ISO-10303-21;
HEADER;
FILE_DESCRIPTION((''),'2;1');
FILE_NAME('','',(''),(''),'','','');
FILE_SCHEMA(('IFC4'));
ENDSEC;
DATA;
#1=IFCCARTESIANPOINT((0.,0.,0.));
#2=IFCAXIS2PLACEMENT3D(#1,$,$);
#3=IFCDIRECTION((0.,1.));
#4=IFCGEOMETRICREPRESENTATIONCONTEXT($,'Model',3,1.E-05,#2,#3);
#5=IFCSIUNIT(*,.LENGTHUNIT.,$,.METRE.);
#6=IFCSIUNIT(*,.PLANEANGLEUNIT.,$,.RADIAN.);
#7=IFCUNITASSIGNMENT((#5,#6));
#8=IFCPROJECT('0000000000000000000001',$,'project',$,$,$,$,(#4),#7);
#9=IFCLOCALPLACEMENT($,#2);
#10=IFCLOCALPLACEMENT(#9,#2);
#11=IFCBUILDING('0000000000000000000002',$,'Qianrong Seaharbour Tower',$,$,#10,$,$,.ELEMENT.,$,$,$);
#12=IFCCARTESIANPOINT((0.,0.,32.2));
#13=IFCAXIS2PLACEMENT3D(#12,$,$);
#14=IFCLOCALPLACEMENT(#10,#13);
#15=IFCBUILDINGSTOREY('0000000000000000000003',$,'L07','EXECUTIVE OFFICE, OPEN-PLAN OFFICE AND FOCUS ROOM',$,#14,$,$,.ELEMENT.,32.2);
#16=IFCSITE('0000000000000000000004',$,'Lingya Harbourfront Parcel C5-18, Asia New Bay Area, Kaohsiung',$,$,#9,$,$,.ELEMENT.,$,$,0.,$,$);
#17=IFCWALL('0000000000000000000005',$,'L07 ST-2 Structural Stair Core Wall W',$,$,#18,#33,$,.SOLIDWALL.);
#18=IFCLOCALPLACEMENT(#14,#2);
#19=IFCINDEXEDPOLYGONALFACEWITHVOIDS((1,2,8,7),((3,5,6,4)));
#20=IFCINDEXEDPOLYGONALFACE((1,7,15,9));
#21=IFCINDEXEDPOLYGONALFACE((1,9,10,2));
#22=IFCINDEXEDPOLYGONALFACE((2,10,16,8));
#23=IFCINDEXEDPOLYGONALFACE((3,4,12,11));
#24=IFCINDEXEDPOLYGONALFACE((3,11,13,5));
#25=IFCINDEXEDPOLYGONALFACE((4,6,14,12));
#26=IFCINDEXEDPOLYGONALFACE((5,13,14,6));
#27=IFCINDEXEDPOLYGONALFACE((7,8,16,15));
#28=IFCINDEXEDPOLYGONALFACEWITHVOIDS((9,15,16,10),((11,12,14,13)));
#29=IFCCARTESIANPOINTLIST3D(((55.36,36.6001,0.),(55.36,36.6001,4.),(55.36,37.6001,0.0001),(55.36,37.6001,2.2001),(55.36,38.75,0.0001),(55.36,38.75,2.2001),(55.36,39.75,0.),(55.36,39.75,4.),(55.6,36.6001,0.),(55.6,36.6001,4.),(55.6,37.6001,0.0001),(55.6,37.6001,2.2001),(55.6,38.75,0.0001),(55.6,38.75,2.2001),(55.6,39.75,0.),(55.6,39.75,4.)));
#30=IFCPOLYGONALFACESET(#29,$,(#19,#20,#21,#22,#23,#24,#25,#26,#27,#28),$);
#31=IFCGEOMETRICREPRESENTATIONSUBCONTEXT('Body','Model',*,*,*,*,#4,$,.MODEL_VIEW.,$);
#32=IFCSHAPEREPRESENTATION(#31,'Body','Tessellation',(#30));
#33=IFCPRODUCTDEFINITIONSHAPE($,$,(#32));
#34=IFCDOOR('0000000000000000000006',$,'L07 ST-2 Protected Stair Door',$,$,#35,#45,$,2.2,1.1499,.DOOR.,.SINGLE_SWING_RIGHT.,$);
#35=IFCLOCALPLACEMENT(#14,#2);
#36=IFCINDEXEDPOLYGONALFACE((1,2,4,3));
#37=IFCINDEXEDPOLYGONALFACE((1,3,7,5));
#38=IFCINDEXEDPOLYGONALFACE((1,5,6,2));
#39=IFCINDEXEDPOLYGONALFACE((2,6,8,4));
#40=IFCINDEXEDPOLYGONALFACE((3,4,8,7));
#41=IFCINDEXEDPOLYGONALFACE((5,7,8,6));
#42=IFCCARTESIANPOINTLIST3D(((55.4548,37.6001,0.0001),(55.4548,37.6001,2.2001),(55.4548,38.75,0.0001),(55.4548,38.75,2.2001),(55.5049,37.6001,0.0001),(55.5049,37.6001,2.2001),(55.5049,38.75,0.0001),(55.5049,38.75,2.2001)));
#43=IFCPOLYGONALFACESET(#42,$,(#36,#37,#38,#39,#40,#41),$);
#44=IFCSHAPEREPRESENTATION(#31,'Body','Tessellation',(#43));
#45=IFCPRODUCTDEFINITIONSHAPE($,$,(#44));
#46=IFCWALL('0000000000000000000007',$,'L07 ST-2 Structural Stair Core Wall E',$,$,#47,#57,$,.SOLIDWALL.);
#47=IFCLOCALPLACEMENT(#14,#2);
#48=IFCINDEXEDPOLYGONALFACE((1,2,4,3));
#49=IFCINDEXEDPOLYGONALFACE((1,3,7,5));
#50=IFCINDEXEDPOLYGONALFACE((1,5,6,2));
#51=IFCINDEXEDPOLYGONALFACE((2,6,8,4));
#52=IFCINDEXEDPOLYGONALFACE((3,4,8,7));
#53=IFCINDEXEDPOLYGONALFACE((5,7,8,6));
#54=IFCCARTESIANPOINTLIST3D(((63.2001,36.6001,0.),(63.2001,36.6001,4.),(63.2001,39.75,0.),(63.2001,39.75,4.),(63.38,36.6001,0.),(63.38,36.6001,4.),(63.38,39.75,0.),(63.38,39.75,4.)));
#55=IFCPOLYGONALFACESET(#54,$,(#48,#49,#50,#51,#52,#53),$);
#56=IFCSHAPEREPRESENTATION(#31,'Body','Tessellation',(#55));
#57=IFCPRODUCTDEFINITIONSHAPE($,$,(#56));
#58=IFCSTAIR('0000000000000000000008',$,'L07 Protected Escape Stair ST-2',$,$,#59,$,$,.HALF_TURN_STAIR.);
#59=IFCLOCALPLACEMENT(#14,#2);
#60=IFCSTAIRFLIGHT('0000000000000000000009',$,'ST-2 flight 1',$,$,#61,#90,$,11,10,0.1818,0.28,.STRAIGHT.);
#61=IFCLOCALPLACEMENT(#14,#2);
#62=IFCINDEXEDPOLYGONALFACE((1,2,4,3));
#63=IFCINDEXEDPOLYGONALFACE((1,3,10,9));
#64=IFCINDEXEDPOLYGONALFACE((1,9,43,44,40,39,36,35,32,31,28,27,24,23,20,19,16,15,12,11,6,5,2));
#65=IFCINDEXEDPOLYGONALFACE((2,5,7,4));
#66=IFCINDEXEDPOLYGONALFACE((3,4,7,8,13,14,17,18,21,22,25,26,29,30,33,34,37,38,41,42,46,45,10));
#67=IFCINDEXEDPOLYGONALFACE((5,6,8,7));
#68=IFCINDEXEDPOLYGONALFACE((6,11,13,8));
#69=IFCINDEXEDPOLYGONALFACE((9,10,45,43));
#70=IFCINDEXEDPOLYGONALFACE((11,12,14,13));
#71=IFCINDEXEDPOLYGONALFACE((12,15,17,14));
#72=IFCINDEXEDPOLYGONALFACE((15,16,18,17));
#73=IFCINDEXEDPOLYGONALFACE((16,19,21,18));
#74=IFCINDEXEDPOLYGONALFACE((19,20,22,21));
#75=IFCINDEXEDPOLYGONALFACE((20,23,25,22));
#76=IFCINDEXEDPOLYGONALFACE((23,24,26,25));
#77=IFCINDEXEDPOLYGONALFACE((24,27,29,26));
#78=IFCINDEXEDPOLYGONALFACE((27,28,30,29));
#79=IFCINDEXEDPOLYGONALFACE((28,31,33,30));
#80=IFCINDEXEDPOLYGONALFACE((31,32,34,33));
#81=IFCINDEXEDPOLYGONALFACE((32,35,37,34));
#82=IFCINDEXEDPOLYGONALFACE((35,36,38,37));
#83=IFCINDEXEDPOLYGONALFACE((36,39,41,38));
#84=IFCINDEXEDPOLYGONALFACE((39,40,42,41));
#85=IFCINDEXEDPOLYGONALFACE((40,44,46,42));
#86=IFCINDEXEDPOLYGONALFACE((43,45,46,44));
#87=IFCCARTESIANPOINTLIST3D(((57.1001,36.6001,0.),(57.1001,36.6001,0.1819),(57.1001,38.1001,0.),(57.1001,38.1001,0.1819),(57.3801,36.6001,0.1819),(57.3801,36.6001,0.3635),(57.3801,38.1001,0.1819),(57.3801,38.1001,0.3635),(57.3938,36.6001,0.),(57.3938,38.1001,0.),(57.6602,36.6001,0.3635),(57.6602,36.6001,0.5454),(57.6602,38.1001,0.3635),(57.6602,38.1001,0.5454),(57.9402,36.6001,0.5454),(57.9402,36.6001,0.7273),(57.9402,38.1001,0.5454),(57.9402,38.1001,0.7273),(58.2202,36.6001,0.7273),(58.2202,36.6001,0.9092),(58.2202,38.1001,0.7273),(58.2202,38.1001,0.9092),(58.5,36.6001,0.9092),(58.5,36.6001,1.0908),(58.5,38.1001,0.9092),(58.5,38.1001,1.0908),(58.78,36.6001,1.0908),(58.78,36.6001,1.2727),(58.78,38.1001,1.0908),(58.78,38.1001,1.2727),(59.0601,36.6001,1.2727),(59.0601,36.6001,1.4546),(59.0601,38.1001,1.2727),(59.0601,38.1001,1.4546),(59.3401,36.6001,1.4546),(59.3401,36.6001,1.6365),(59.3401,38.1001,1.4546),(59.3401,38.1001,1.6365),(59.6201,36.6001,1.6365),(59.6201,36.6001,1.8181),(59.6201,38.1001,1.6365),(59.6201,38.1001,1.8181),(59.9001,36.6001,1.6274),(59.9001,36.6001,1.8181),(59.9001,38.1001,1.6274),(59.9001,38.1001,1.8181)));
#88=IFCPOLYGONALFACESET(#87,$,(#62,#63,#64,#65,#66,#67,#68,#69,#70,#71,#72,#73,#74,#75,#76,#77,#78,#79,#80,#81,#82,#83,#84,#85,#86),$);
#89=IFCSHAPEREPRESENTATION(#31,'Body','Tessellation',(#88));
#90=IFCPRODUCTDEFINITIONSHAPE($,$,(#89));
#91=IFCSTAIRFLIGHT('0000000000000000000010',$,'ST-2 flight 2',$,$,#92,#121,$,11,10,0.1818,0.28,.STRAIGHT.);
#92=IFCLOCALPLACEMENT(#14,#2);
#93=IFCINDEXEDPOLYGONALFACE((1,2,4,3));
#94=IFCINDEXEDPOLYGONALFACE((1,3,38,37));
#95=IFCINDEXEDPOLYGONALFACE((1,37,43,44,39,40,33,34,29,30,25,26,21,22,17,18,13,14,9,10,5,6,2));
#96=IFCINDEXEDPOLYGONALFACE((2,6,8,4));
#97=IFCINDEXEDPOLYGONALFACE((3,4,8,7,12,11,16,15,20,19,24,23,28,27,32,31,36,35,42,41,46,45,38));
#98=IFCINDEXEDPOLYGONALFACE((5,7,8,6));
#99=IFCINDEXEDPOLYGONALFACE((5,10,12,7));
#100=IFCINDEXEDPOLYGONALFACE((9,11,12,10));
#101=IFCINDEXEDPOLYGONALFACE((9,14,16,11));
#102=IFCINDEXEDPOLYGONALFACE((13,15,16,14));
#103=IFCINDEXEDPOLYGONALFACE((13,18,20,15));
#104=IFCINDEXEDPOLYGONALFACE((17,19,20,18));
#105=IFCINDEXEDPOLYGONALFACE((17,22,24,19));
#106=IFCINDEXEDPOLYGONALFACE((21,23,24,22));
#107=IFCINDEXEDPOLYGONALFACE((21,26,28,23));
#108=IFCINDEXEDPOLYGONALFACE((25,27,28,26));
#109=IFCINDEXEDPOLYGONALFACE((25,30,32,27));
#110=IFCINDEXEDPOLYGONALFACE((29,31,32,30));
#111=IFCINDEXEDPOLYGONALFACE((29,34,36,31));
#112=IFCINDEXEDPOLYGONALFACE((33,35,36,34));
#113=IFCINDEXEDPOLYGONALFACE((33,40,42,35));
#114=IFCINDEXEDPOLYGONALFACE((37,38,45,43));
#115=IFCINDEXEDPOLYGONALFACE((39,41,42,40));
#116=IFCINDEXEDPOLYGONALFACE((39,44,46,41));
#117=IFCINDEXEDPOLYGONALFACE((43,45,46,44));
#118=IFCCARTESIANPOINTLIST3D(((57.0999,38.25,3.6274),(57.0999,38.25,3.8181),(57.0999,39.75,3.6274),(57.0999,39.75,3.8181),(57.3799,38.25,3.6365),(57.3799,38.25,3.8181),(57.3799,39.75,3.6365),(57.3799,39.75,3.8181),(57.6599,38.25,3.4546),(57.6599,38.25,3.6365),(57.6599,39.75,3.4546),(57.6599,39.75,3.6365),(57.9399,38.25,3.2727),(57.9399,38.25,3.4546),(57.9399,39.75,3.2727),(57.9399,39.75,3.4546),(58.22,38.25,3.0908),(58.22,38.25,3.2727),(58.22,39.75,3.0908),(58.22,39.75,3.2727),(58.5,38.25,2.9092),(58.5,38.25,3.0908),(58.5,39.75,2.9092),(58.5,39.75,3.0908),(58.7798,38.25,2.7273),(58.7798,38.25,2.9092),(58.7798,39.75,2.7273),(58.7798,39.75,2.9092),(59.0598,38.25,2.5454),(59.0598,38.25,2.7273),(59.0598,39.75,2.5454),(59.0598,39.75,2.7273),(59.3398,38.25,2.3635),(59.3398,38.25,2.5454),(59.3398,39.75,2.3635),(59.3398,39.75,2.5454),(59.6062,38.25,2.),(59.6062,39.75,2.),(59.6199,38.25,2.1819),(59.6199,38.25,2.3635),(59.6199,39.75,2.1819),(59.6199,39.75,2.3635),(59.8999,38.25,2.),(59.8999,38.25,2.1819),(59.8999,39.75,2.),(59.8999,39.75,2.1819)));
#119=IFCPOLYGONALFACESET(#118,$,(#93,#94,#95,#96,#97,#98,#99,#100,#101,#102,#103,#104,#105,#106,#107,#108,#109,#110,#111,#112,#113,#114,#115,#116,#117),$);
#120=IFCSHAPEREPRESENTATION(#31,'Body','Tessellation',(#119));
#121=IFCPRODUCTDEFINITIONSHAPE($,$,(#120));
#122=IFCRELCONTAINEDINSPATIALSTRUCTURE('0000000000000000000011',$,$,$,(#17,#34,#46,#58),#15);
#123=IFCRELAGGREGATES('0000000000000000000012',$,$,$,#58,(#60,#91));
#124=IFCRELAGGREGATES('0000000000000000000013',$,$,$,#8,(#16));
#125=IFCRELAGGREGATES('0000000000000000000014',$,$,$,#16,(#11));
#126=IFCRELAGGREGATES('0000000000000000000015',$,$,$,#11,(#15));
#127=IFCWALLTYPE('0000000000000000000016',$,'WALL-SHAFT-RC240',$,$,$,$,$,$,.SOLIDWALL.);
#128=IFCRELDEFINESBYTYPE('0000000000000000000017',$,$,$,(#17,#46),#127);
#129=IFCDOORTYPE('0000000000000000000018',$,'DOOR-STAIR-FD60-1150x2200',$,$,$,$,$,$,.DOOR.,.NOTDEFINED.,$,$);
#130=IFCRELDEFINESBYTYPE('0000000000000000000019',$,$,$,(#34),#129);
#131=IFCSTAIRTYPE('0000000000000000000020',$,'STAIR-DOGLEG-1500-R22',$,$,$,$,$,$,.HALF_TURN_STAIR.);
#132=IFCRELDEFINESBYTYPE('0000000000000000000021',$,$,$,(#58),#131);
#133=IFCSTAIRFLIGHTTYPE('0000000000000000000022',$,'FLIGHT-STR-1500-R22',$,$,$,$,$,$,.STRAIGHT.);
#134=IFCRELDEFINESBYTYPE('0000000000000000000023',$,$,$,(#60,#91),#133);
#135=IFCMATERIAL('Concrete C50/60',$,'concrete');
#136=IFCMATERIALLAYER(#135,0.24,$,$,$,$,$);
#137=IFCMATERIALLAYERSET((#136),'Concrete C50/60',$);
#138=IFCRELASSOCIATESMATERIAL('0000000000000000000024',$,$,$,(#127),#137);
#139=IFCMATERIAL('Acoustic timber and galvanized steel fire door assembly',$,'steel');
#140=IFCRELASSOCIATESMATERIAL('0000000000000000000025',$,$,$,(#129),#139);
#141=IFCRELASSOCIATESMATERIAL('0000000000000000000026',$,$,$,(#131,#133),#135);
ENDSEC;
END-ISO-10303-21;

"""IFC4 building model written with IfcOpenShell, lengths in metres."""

from ifc_helpers import new_model, si_unit, direction, frame, frame_2d, origin, place, context, subcontext, project, spatial, polyline, rectangle, outline, extrude, material, layer, layer_set, type_object, element, fill, aggregate, save


model = new_model("IFC4")

# Units and contexts
model_context = context("Model", 3, precision=1e-05, world=origin(), true_north=direction((0.0, 1.0)))
body_context = subcontext(model_context, "Body", "Model", "MODEL_VIEW")
ifc_project = project(units=[si_unit("LENGTHUNIT", "METRE"), si_unit("PLANEANGLEUNIT", "RADIAN")], contexts=[model_context])

# Site, building, storey
site_placement = place(None, origin())
site = spatial("IfcSite", under=ifc_project, at=site_placement, Name="Lingya Harbourfront Parcel C5-18, Asia New Bay Area, Kaohsiung", CompositionType="ELEMENT", RefElevation=0.0)
building_placement = place(site_placement, origin())
building = spatial("IfcBuilding", under=site, at=building_placement, Name="Qianrong Seaharbour Tower", CompositionType="ELEMENT")
storey_placement = place(building_placement, frame((0.0, 0.0, 32.2)))
storey = spatial("IfcBuildingStorey", under=building, at=storey_placement, Name="L07", Description="EXECUTIVE OFFICE, OPEN-PLAN OFFICE AND FOCUS ROOM", CompositionType="ELEMENT", Elevation=32.2)

# Shared definitions
ifc_material_1 = material(Name="Concrete C50/60", Category="concrete")
ifc_layer_1 = layer(ifc_material_1, 0.24)
ifc_layer_set_1 = layer_set([ifc_layer_1], Name="Concrete C50/60")
wall_type_1 = type_object("IfcWallType", Name="WALL-SHAFT-RC240", PredefinedType="SOLIDWALL", material=ifc_layer_set_1)

# Wall, opening, door
wall_1_placement = place(storey_placement, frame((55.48, 39.75, 0.0), z_axis=(0.0, 0.0, 1.0), x_axis=(0.0, -1.0, 0.0)))
wall_1 = element("IfcWall", 1, at=wall_1_placement, inside=storey, type_object=wall_type_1, Name="L07 ST-2 Structural Stair Core Wall W", PredefinedType="SOLIDWALL", context=body_context, shape_type="SweptSolid", body=[
    extrude(rectangle(XDim=3.1499, YDim=0.24, at=frame_2d((1.575, 0.0))), origin(), (0.0, 0.0, 1.0), 4.0),
])
opening_1_placement = place(wall_1_placement, frame((1.0, 0.0, 0.0)))
opening_1 = element("IfcOpeningElement", 2, at=opening_1_placement, cuts=wall_1, PredefinedType="OPENING", context=body_context, shape_type="SweptSolid", body=[
    extrude(rectangle(XDim=1.1499, YDim=2.2, at=frame_2d((0.575, 1.1001))), frame((0.0, 0.1299, 0.0), z_axis=(0.0, -1.0, 0.0), x_axis=(1.0, 0.0, 0.0)), (0.0, 0.0, 1.0), 0.26),
])
ifc_material_2 = material(Name="Acoustic timber and galvanized steel fire door assembly", Category="steel")
door_type = type_object("IfcDoorType", Name="DOOR-STAIR-FD60-1150x2200", OperationType="NOTDEFINED", PredefinedType="DOOR", material=ifc_material_2)
door_placement = place(opening_1_placement, origin())
door = element("IfcDoor", 3, at=door_placement, inside=storey, type_object=door_type, Name="L07 ST-2 Protected Stair Door", OperationType="SINGLE_SWING_RIGHT", OverallHeight=2.2, OverallWidth=1.1499, PredefinedType="DOOR", context=body_context, shape_type="SweptSolid", body=[
    extrude(rectangle(XDim=1.1499, YDim=2.2, at=frame_2d((0.575, 1.1001))), frame((0.0, 0.0249, 0.0), z_axis=(0.0, -1.0, 0.0), x_axis=(1.0, 0.0, 0.0)), (0.0, 0.0, 1.0), 0.05),
])
fill(opening_1, door)

# Wall
wall_2_placement = place(storey_placement, frame((63.29, 36.6001, 0.0), z_axis=(0.0, 0.0, 1.0), x_axis=(0.0, 1.0, 0.0)))
element("IfcWall", 4, at=wall_2_placement, inside=storey, type_object=wall_type_1, Name="L07 ST-2 Structural Stair Core Wall E", PredefinedType="SOLIDWALL", context=body_context, shape_type="SweptSolid", body=[
    extrude(rectangle(XDim=3.1499, YDim=0.1799, at=frame_2d((1.575, 0.0))), origin(), (0.0, 0.0, 1.0), 4.0),
])

# Stair, stair flights
stair_type = type_object("IfcStairType", Name="STAIR-DOGLEG-1500-R22", PredefinedType="HALF_TURN_STAIR", material=ifc_material_1)
stair_placement = place(storey_placement, origin())
stair = element("IfcStair", 5, at=stair_placement, inside=storey, type_object=stair_type, Name="L07 Protected Escape Stair ST-2", PredefinedType="HALF_TURN_STAIR")
stair_flight_type = type_object("IfcStairFlightType", Name="FLIGHT-STR-1500-R22", PredefinedType="STRAIGHT", material=ifc_material_1)
stair_flight_1_placement = place(storey_placement, frame((57.1001, 37.3501, 0.0), z_axis=(0.0, 0.0, 1.0), x_axis=(1.0, 0.0, 0.0)))
stair_flight_1 = element("IfcStairFlight", 6, at=stair_flight_1_placement, type_object=stair_flight_type, Name="ST-2 flight 1", NumberOfRisers=11, NumberOfTreads=10, PredefinedType="STRAIGHT", RiserHeight=0.1818, TreadLength=0.28, context=body_context, shape_type="SweptSolid", body=[
    extrude(outline(polyline([(0.0, 0.0), (0.0, 0.1819), (0.28, 0.1819), (0.28, 0.3635), (0.5601, 0.3635), (0.5601, 0.5454), (0.8401, 0.5454), (0.8401, 0.7273), (1.1201, 0.7273), (1.1201, 0.9092), (1.3999, 0.9092), (1.3999, 1.0908), (1.6799, 1.0908), (1.6799, 1.2727), (1.96, 1.2727), (1.96, 1.4546), (2.24, 1.4546), (2.24, 1.6365), (2.52, 1.6365), (2.52, 1.8181), (2.8, 1.8181), (2.8, 2.0), (2.8, 1.6274), (0.2937, 0.0), (0.0, 0.0)])), frame((0.0, 0.75, 0.0), z_axis=(0.0, -1.0, 0.0), x_axis=(1.0, 0.0, 0.0)), (0.0, 0.0, 1.0), 1.5),
])
stair_flight_2_placement = place(storey_placement, frame((59.8999, 39.0, 2.0), z_axis=(0.0, 0.0, 1.0), x_axis=(-1.0, 0.0, 0.0)))
stair_flight_2 = element("IfcStairFlight", 7, at=stair_flight_2_placement, type_object=stair_flight_type, Name="ST-2 flight 2", NumberOfRisers=11, NumberOfTreads=10, PredefinedType="STRAIGHT", RiserHeight=0.1818, TreadLength=0.28, context=body_context, shape_type="SweptSolid", body=[
    extrude(outline(polyline([(0.0, 0.0), (0.0, 0.1819), (0.28, 0.1819), (0.28, 0.3635), (0.5601, 0.3635), (0.5601, 0.5454), (0.8401, 0.5454), (0.8401, 0.7273), (1.1201, 0.7273), (1.1201, 0.9092), (1.3999, 0.9092), (1.3999, 1.0908), (1.6799, 1.0908), (1.6799, 1.2727), (1.96, 1.2727), (1.96, 1.4546), (2.24, 1.4546), (2.24, 1.6365), (2.52, 1.6365), (2.52, 1.8181), (2.8, 1.8181), (2.8, 2.0), (2.8, 1.6274), (0.2937, 0.0), (0.0, 0.0)])), frame((0.0, 0.75, 0.0), z_axis=(0.0, -1.0, 0.0), x_axis=(1.0, 0.0, 0.0)), (0.0, 0.0, 1.0), 1.5),
])
aggregate(stair, [stair_flight_1, stair_flight_2])

save(model, "model.ifc")
